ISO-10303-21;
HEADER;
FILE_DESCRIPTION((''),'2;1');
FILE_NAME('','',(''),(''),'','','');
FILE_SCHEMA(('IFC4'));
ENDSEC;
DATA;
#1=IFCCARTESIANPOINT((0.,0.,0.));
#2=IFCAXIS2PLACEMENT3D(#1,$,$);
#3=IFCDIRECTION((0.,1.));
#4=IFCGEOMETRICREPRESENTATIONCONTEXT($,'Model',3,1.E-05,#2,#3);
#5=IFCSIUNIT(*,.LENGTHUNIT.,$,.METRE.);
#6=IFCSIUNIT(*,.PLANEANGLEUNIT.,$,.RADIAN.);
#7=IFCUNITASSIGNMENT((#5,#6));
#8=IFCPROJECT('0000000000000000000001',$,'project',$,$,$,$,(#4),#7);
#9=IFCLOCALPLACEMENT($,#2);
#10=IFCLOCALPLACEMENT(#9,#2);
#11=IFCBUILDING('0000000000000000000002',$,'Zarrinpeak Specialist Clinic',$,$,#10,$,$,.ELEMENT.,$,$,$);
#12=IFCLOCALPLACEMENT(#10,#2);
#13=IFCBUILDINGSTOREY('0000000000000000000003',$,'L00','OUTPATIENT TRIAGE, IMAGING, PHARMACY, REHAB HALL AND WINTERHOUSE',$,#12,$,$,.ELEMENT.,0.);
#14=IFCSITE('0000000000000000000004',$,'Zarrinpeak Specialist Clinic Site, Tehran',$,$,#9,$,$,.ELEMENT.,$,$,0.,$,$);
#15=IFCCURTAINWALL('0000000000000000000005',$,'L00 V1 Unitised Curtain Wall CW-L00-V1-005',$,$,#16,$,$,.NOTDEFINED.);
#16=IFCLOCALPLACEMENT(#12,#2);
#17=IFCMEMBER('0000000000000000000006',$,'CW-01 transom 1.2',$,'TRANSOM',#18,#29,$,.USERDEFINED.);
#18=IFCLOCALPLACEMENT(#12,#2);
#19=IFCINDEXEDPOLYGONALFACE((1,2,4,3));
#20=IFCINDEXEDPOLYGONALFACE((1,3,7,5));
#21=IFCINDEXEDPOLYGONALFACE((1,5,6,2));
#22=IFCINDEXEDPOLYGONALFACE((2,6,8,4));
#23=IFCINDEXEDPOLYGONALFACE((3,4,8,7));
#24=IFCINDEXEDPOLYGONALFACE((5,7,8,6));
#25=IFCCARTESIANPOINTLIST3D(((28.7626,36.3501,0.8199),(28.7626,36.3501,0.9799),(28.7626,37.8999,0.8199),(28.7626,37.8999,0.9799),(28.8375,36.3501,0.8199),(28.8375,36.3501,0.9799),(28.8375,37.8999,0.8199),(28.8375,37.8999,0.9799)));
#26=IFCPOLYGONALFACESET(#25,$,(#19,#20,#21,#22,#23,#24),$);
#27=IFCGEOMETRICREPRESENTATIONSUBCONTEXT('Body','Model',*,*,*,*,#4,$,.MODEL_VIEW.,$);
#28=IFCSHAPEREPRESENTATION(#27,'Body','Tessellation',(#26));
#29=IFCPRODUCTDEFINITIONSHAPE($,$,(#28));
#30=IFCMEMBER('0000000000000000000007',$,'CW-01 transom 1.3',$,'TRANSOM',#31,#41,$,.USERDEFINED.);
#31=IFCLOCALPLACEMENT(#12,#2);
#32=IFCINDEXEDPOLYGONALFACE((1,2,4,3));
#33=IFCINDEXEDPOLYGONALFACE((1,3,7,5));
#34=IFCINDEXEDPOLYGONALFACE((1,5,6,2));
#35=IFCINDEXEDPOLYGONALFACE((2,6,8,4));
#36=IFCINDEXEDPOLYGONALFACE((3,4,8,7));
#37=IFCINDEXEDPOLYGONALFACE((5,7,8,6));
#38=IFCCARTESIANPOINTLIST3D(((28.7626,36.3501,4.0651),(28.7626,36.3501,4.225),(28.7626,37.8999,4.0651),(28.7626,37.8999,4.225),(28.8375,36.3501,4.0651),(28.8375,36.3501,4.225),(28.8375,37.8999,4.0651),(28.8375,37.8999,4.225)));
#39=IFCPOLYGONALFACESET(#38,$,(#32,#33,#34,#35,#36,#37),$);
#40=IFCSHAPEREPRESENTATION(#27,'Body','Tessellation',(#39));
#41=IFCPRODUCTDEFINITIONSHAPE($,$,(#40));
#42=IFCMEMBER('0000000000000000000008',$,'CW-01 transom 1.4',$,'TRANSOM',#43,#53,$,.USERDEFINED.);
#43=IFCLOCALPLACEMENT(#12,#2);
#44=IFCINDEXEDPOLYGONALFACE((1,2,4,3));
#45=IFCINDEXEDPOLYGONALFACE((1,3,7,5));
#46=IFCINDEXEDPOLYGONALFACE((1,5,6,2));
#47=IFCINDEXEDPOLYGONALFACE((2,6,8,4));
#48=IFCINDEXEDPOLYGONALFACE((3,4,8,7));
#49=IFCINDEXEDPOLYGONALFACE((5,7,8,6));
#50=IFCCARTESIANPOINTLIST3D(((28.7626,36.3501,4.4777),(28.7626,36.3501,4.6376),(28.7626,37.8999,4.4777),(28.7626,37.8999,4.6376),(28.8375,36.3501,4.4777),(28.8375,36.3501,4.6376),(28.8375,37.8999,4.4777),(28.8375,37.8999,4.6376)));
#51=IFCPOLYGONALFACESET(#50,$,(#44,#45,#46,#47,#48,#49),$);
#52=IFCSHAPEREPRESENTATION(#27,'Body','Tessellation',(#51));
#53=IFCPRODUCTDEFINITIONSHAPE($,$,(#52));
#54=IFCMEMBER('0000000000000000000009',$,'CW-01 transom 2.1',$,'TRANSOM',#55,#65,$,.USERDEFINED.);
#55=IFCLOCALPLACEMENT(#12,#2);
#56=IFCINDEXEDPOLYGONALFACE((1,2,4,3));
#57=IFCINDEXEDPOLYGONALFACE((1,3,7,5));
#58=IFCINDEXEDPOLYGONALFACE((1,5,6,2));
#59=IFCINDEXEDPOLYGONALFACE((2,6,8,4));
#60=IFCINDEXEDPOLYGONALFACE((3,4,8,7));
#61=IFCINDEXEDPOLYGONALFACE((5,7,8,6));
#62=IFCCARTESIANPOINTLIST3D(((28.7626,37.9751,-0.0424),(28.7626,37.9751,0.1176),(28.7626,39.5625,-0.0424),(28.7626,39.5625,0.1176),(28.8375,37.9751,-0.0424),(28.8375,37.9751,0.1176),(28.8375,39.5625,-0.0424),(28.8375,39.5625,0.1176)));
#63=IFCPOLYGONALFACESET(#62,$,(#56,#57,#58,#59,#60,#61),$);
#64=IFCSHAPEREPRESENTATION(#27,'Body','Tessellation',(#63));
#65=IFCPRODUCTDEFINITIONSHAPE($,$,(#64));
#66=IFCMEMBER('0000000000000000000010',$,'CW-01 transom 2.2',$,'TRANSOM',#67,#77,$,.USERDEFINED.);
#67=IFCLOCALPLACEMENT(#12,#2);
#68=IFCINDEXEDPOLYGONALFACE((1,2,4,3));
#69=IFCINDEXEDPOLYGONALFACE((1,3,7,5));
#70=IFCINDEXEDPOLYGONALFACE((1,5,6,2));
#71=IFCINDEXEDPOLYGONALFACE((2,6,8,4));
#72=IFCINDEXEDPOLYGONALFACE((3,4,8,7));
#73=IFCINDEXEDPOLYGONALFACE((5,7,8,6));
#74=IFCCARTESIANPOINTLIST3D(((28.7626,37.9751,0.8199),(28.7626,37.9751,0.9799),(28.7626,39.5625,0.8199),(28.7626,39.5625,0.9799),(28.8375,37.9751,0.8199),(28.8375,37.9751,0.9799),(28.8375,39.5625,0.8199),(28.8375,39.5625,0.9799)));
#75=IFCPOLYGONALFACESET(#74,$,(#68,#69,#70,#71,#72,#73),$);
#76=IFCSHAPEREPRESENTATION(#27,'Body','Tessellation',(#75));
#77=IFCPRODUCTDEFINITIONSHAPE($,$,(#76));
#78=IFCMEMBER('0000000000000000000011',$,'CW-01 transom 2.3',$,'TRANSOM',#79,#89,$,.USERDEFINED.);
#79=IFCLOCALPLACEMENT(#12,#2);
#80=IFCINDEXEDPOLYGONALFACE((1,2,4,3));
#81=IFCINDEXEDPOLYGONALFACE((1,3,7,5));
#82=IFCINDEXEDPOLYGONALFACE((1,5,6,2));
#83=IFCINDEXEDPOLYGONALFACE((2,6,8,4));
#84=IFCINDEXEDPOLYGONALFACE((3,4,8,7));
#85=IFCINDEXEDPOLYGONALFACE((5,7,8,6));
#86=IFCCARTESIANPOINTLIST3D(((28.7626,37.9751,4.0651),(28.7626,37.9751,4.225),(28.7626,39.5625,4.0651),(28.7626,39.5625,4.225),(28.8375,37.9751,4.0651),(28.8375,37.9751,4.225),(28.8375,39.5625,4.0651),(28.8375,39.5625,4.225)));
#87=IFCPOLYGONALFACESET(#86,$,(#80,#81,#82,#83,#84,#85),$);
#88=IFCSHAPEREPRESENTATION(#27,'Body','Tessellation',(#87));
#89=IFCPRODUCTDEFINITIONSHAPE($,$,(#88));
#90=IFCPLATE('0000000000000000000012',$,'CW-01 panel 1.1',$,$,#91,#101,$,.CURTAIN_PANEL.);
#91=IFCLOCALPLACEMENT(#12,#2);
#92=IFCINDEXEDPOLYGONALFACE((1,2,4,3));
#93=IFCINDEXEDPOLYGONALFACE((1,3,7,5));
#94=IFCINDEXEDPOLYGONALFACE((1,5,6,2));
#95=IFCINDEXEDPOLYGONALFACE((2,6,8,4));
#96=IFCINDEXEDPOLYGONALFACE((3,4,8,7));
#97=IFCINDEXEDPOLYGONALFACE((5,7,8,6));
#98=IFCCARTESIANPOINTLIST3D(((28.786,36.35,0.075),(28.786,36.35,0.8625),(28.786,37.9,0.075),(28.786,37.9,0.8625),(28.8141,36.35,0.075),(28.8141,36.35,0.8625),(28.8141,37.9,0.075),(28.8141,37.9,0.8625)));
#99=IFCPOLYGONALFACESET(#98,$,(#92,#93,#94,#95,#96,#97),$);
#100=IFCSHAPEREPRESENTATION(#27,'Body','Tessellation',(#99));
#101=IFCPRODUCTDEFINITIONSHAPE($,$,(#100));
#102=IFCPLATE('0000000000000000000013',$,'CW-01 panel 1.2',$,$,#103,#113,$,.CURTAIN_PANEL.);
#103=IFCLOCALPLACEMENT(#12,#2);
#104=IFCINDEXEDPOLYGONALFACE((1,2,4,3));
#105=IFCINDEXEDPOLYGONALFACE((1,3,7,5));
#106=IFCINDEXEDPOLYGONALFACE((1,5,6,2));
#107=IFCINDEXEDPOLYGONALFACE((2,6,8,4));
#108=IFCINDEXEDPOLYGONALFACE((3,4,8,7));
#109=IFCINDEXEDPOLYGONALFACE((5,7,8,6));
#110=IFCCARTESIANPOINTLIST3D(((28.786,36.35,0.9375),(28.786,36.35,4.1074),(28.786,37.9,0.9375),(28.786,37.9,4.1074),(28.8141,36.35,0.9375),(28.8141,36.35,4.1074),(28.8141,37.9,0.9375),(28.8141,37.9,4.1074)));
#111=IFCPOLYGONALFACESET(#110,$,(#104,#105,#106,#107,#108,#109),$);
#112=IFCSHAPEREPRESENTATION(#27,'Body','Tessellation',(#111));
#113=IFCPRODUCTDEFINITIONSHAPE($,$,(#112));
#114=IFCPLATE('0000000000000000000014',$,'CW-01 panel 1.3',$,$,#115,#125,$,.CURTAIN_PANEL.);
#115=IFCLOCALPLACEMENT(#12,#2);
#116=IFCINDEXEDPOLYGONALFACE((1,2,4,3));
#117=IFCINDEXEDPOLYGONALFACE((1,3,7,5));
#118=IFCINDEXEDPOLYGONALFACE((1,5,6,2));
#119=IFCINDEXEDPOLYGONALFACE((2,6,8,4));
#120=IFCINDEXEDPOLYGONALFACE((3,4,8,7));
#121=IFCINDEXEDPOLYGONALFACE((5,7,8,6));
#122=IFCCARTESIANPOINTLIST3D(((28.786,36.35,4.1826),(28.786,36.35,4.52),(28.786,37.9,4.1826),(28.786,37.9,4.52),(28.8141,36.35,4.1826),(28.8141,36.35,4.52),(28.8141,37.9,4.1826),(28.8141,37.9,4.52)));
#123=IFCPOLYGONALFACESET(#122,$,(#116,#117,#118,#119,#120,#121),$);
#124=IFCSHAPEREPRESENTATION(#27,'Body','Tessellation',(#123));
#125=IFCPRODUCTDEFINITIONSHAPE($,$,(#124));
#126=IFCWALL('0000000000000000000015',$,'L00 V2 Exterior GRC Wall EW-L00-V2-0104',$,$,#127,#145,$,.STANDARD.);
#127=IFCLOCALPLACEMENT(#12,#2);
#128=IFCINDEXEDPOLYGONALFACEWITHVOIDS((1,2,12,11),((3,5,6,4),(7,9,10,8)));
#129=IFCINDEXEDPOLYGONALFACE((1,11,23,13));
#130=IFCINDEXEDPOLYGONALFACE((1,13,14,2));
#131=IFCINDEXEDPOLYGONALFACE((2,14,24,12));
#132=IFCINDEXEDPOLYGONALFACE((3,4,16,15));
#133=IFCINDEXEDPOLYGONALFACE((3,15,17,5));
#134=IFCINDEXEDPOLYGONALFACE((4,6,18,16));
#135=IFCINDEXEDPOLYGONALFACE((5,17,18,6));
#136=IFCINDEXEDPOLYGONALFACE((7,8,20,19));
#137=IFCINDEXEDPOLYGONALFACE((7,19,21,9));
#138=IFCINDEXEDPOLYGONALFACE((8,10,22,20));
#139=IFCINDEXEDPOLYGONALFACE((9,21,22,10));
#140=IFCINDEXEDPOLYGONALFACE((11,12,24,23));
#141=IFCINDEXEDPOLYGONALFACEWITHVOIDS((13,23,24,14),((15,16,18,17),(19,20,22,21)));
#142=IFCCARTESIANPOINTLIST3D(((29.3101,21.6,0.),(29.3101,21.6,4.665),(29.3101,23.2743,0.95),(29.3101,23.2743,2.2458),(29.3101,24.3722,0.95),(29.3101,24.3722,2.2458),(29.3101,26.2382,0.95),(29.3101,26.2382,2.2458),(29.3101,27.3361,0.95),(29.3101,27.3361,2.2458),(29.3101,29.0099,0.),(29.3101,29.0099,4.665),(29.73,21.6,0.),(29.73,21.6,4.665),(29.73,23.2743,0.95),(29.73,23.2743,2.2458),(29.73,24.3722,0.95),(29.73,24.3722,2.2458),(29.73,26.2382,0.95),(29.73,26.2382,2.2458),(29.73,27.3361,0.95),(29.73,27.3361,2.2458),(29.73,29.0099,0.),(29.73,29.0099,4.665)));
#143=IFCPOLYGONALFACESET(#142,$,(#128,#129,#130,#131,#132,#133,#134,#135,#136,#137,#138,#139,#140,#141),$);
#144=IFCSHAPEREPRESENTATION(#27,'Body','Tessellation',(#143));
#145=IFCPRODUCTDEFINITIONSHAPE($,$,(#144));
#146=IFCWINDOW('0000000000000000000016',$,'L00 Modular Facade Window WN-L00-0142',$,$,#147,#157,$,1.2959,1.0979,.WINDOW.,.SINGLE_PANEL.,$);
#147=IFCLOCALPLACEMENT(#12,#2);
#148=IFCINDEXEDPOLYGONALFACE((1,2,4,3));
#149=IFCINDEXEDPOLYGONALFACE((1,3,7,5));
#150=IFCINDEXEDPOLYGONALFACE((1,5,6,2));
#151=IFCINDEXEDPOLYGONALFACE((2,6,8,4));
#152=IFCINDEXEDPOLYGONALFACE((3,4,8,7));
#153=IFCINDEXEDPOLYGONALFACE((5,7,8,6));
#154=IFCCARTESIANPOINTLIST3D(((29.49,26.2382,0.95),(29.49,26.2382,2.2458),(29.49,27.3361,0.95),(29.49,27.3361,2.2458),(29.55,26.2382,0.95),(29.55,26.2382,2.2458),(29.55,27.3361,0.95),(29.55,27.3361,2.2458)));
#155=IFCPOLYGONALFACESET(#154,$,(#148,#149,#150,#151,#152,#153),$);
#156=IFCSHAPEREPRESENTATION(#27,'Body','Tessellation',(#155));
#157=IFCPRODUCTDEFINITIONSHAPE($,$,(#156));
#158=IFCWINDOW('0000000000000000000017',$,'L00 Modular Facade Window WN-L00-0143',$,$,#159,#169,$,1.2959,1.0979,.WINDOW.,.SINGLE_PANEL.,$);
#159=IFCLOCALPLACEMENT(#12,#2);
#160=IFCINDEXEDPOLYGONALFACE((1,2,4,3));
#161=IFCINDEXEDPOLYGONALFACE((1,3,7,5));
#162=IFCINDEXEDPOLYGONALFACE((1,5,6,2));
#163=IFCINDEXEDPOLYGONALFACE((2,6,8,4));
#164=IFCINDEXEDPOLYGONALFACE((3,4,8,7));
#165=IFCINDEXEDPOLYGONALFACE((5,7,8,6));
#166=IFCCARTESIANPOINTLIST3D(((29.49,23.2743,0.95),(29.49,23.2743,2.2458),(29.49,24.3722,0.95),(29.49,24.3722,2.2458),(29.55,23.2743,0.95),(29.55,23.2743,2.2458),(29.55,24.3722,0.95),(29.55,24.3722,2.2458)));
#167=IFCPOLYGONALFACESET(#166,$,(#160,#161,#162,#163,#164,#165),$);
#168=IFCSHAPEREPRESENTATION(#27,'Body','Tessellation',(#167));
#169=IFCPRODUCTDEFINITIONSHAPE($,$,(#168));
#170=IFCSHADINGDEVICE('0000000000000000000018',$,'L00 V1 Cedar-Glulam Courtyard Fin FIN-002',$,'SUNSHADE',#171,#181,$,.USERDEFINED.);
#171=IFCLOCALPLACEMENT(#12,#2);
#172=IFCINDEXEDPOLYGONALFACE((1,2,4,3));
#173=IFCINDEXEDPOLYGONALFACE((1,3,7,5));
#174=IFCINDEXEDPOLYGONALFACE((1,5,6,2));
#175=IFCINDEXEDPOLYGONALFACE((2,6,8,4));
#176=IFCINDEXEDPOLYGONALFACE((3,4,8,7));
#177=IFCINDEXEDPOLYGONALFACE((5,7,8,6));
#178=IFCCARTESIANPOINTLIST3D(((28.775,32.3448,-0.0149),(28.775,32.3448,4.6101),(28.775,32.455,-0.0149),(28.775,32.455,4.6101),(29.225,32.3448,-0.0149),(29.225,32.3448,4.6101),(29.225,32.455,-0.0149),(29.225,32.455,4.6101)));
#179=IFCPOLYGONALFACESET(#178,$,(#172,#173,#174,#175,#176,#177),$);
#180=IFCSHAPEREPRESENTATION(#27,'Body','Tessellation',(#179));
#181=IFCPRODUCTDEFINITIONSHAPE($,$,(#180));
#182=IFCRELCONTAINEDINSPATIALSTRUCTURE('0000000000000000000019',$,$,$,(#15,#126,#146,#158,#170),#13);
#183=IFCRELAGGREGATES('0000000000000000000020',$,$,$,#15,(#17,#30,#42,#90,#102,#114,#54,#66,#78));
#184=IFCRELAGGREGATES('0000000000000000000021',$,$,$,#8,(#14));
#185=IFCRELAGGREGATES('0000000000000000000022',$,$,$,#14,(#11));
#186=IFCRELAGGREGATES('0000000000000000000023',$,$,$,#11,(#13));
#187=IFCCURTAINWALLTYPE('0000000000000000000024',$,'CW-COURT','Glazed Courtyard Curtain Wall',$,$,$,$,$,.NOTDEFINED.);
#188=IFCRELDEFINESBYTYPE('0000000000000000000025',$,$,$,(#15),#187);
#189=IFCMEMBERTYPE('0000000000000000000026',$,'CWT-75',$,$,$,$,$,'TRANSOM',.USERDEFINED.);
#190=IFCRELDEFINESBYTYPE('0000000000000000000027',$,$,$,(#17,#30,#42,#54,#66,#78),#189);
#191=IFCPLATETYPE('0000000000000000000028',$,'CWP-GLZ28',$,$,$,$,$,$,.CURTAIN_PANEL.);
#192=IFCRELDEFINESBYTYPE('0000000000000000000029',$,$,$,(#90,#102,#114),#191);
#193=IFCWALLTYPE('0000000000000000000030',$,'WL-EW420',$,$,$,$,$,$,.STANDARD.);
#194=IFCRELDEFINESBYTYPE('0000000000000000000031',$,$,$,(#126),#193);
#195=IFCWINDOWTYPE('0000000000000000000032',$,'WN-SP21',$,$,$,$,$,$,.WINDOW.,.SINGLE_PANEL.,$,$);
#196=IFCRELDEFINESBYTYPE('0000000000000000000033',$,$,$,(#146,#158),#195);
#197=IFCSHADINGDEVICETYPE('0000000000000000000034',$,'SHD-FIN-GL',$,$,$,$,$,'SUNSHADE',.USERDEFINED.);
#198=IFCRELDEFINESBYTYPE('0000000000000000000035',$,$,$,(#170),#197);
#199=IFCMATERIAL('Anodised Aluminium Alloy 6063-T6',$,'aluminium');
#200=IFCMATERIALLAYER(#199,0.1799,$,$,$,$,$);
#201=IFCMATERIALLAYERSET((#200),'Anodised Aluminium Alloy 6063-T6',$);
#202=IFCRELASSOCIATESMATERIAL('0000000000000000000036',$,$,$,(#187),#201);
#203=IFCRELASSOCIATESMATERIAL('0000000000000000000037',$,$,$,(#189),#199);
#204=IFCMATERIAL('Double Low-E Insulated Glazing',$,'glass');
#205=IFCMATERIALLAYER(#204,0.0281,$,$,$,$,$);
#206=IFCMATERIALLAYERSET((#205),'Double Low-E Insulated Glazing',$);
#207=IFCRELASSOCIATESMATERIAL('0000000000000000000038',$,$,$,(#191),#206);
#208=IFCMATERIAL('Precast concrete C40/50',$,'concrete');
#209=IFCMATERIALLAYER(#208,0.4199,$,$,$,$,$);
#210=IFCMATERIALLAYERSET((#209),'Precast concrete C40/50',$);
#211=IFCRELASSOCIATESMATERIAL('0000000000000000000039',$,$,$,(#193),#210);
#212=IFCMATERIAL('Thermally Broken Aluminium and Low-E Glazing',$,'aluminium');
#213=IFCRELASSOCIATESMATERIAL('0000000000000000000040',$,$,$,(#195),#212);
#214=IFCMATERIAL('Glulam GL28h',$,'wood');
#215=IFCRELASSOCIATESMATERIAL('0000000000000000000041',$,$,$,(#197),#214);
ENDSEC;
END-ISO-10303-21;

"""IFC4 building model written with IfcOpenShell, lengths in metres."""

from ifc_helpers import new_model, si_unit, direction, frame, frame_2d, origin, origin_2d, place, context, subcontext, project, spatial, rectangle, extrude, material, layer, layer_set, material_profile, profile_set, type_object, element, fill, aggregate, save


model = new_model("IFC4")

# Units and contexts
model_context = context("Model", 3, precision=1e-05, world=origin(), true_north=direction((0.0, 1.0)))
body_context = subcontext(model_context, "Body", "Model", "MODEL_VIEW")
ifc_project = project(units=[si_unit("LENGTHUNIT", "METRE"), si_unit("PLANEANGLEUNIT", "RADIAN")], contexts=[model_context])

# Site, building, storey
site_placement = place(None, origin())
site = spatial("IfcSite", under=ifc_project, at=site_placement, Name="Zarrinpeak Specialist Clinic Site, Tehran", CompositionType="ELEMENT", RefElevation=0.0)
building_placement = place(site_placement, origin())
building = spatial("IfcBuilding", under=site, at=building_placement, Name="Zarrinpeak Specialist Clinic", CompositionType="ELEMENT")
storey_placement = place(building_placement, origin())
storey = spatial("IfcBuildingStorey", under=building, at=storey_placement, Name="L00", Description="OUTPATIENT TRIAGE, IMAGING, PHARMACY, REHAB HALL AND WINTERHOUSE", CompositionType="ELEMENT", Elevation=0.0)

# Curtain wall, members, plates
ifc_material_1 = material(Name="Anodised Aluminium Alloy 6063-T6", Category="aluminium")
ifc_layer_1 = layer(ifc_material_1, 0.1799)
ifc_layer_set_1 = layer_set([ifc_layer_1], Name="Anodised Aluminium Alloy 6063-T6")
curtain_wall_type = type_object("IfcCurtainWallType", Name="CW-COURT", Description="Glazed Courtyard Curtain Wall", PredefinedType="NOTDEFINED", material=ifc_layer_set_1)
curtain_wall_placement = place(storey_placement, origin())
curtain_wall = element("IfcCurtainWall", 1, at=curtain_wall_placement, inside=storey, type_object=curtain_wall_type, Name="L00 V1 Unitised Curtain Wall CW-L00-V1-005", PredefinedType="NOTDEFINED")
ifc_material_profile_1 = material_profile(ifc_material_1, rectangle(XDim=0.075, YDim=0.1599, at=origin_2d()), Name="ALU 75x160")
ifc_profile_set_1 = profile_set([ifc_material_profile_1], Name="Anodised Aluminium Alloy 6063-T6")
member_type_1 = type_object("IfcMemberType", Name="CWT-75", ElementType="TRANSOM", PredefinedType="USERDEFINED", material=ifc_profile_set_1)
member_1_placement = place(storey_placement, frame((28.8, 36.3501, 0.8999), z_axis=(0.0, 1.0, 0.0), x_axis=(-1.0, 0.0, 0.0)))
member_1 = element("IfcMember", 2, at=member_1_placement, type_object=member_type_1, Name="CW-01 transom 1.2", ObjectType="TRANSOM", PredefinedType="USERDEFINED", context=body_context, shape_type="SweptSolid", body=[
    extrude(rectangle(XDim=0.075, YDim=0.1599, at=origin_2d()), origin(), (0.0, 0.0, 1.0), 1.5498),
])
member_2_placement = place(storey_placement, frame((28.8, 36.3501, 4.145), z_axis=(0.0, 1.0, 0.0), x_axis=(-1.0, 0.0, 0.0)))
member_2 = element("IfcMember", 3, at=member_2_placement, type_object=member_type_1, Name="CW-01 transom 1.3", ObjectType="TRANSOM", PredefinedType="USERDEFINED", context=body_context, shape_type="SweptSolid", body=[
    extrude(rectangle(XDim=0.075, YDim=0.1599, at=origin_2d()), origin(), (0.0, 0.0, 1.0), 1.5498),
])
member_3_placement = place(storey_placement, frame((28.8, 36.3501, 4.5576), z_axis=(0.0, 1.0, 0.0), x_axis=(-1.0, 0.0, 0.0)))
member_3 = element("IfcMember", 4, at=member_3_placement, type_object=member_type_1, Name="CW-01 transom 1.4", ObjectType="TRANSOM", PredefinedType="USERDEFINED", context=body_context, shape_type="SweptSolid", body=[
    extrude(rectangle(XDim=0.075, YDim=0.1599, at=origin_2d()), origin(), (0.0, 0.0, 1.0), 1.5498),
])
member_4_placement = place(storey_placement, frame((28.8, 37.9751, 0.0376), z_axis=(0.0, 1.0, 0.0), x_axis=(-1.0, 0.0, 0.0)))
member_4 = element("IfcMember", 5, at=member_4_placement, type_object=member_type_1, Name="CW-01 transom 2.1", ObjectType="TRANSOM", PredefinedType="USERDEFINED", context=body_context, shape_type="SweptSolid", body=[
    extrude(rectangle(XDim=0.075, YDim=0.1599, at=origin_2d()), origin(), (0.0, 0.0, 1.0), 1.5874),
])
member_5_placement = place(storey_placement, frame((28.8, 37.9751, 0.8999), z_axis=(0.0, 1.0, 0.0), x_axis=(-1.0, 0.0, 0.0)))
member_5 = element("IfcMember", 6, at=member_5_placement, type_object=member_type_1, Name="CW-01 transom 2.2", ObjectType="TRANSOM", PredefinedType="USERDEFINED", context=body_context, shape_type="SweptSolid", body=[
    extrude(rectangle(XDim=0.075, YDim=0.1599, at=origin_2d()), origin(), (0.0, 0.0, 1.0), 1.5874),
])
member_6_placement = place(storey_placement, frame((28.8, 37.9751, 4.145), z_axis=(0.0, 1.0, 0.0), x_axis=(-1.0, 0.0, 0.0)))
member_6 = element("IfcMember", 7, at=member_6_placement, type_object=member_type_1, Name="CW-01 transom 2.3", ObjectType="TRANSOM", PredefinedType="USERDEFINED", context=body_context, shape_type="SweptSolid", body=[
    extrude(rectangle(XDim=0.075, YDim=0.1599, at=origin_2d()), origin(), (0.0, 0.0, 1.0), 1.5874),
])
ifc_material_2 = material(Name="Double Low-E Insulated Glazing", Category="glass")
ifc_layer_2 = layer(ifc_material_2, 0.0281)
ifc_layer_set_2 = layer_set([ifc_layer_2], Name="Double Low-E Insulated Glazing")
plate_type = type_object("IfcPlateType", Name="CWP-GLZ28", PredefinedType="CURTAIN_PANEL", material=ifc_layer_set_2)
plate_1_placement = place(storey_placement, frame((28.8, 37.125, 0.075), z_axis=(0.0, 0.0, 1.0), x_axis=(0.0, 1.0, 0.0)))
plate_1 = element("IfcPlate", 8, at=plate_1_placement, type_object=plate_type, Name="CW-01 panel 1.1", PredefinedType="CURTAIN_PANEL", context=body_context, shape_type="SweptSolid", body=[
    extrude(rectangle(XDim=1.55, YDim=0.0281, at=origin_2d()), origin(), (0.0, 0.0, 1.0), 0.7876),
])
plate_2_placement = place(storey_placement, frame((28.8, 37.125, 0.9375), z_axis=(0.0, 0.0, 1.0), x_axis=(0.0, 1.0, 0.0)))
plate_2 = element("IfcPlate", 9, at=plate_2_placement, type_object=plate_type, Name="CW-01 panel 1.2", PredefinedType="CURTAIN_PANEL", context=body_context, shape_type="SweptSolid", body=[
    extrude(rectangle(XDim=1.55, YDim=0.0281, at=origin_2d()), origin(), (0.0, 0.0, 1.0), 3.1699),
])
plate_3_placement = place(storey_placement, frame((28.8, 37.125, 4.1826), z_axis=(0.0, 0.0, 1.0), x_axis=(0.0, 1.0, 0.0)))
plate_3 = element("IfcPlate", 10, at=plate_3_placement, type_object=plate_type, Name="CW-01 panel 1.3", PredefinedType="CURTAIN_PANEL", context=body_context, shape_type="SweptSolid", body=[
    extrude(rectangle(XDim=1.55, YDim=0.0281, at=origin_2d()), origin(), (0.0, 0.0, 1.0), 0.3374),
])
aggregate(curtain_wall, [member_1, member_2, member_3, plate_1, plate_2, plate_3, member_4, member_5, member_6])

# Wall, openings, windows
ifc_material_3 = material(Name="Precast concrete C40/50", Category="concrete")
ifc_layer_3 = layer(ifc_material_3, 0.4199)
ifc_layer_set_3 = layer_set([ifc_layer_3], Name="Precast concrete C40/50")
wall_type = type_object("IfcWallType", Name="WL-EW420", PredefinedType="STANDARD", material=ifc_layer_set_3)
wall_placement = place(storey_placement, frame((29.52, 29.01, 0.0), z_axis=(0.0, 0.0, 1.0), x_axis=(0.0, -1.0, 0.0)))
wall = element("IfcWall", 11, at=wall_placement, inside=storey, type_object=wall_type, Name="L00 V2 Exterior GRC Wall EW-L00-V2-0104", PredefinedType="STANDARD", context=body_context, shape_type="SweptSolid", body=[
    extrude(rectangle(XDim=7.4099, YDim=0.4199, at=frame_2d((3.7051, 0.0))), origin(), (0.0, 0.0, 1.0), 4.665),
])
opening_1_placement = place(wall_placement, frame((1.6741, 0.0, 0.95)))
opening_1 = element("IfcOpeningElement", 12, at=opening_1_placement, cuts=wall, PredefinedType="OPENING", context=body_context, shape_type="SweptSolid", body=[
    extrude(rectangle(XDim=1.0979, YDim=1.2959, at=frame_2d((0.5488, 0.6479))), frame((0.0, 0.22, 0.0), z_axis=(0.0, -1.0, 0.0), x_axis=(1.0, 0.0, 0.0)), (0.0, 0.0, 1.0), 0.4399),
])
opening_2_placement = place(wall_placement, frame((4.6379, 0.0, 0.95)))
opening_2 = element("IfcOpeningElement", 13, at=opening_2_placement, cuts=wall, PredefinedType="OPENING", context=body_context, shape_type="SweptSolid", body=[
    extrude(rectangle(XDim=1.0979, YDim=1.2959, at=frame_2d((0.5488, 0.6479))), frame((0.0, 0.22, 0.0), z_axis=(0.0, -1.0, 0.0), x_axis=(1.0, 0.0, 0.0)), (0.0, 0.0, 1.0), 0.4399),
])
ifc_material_4 = material(Name="Thermally Broken Aluminium and Low-E Glazing", Category="aluminium")
window_type = type_object("IfcWindowType", Name="WN-SP21", PartitioningType="SINGLE_PANEL", PredefinedType="WINDOW", material=ifc_material_4)
window_1_placement = place(opening_1_placement, origin())
window_1 = element("IfcWindow", 14, at=window_1_placement, inside=storey, type_object=window_type, Name="L00 Modular Facade Window WN-L00-0142", OverallHeight=1.2959, OverallWidth=1.0979, PartitioningType="SINGLE_PANEL", PredefinedType="WINDOW", context=body_context, shape_type="SweptSolid", body=[
    extrude(rectangle(XDim=1.0979, YDim=1.2959, at=frame_2d((0.5488, 0.6479))), frame((0.0, 0.03, 0.0), z_axis=(0.0, -1.0, 0.0), x_axis=(1.0, 0.0, 0.0)), (0.0, 0.0, 1.0), 0.0601),
])
fill(opening_1, window_1)
window_2_placement = place(opening_2_placement, origin())
window_2 = element("IfcWindow", 15, at=window_2_placement, inside=storey, type_object=window_type, Name="L00 Modular Facade Window WN-L00-0143", OverallHeight=1.2959, OverallWidth=1.0979, PartitioningType="SINGLE_PANEL", PredefinedType="WINDOW", context=body_context, shape_type="SweptSolid", body=[
    extrude(rectangle(XDim=1.0979, YDim=1.2959, at=frame_2d((0.5488, 0.6479))), frame((0.0, 0.03, 0.0), z_axis=(0.0, -1.0, 0.0), x_axis=(1.0, 0.0, 0.0)), (0.0, 0.0, 1.0), 0.0601),
])
fill(opening_2, window_2)

# Shading device
ifc_material_5 = material(Name="Glulam GL28h", Category="wood")
shading_device_type = type_object("IfcShadingDeviceType", Name="SHD-FIN-GL", ElementType="SUNSHADE", PredefinedType="USERDEFINED", material=ifc_material_5)
shading_device_1_placement = place(storey_placement, frame((29.0, 32.3999, -0.0149), z_axis=(0.0, 0.0, 1.0), x_axis=(1.0, 0.0, 0.0)))
element("IfcShadingDevice", 16, at=shading_device_1_placement, inside=storey, type_object=shading_device_type, Name="L00 V1 Cedar-Glulam Courtyard Fin FIN-002", ObjectType="SUNSHADE", PredefinedType="USERDEFINED", context=body_context, shape_type="SweptSolid", body=[
    extrude(rectangle(XDim=0.45, YDim=0.1101, at=origin_2d()), origin(), (0.0, 0.0, 1.0), 4.625),
])

save(model, "model.ifc")
